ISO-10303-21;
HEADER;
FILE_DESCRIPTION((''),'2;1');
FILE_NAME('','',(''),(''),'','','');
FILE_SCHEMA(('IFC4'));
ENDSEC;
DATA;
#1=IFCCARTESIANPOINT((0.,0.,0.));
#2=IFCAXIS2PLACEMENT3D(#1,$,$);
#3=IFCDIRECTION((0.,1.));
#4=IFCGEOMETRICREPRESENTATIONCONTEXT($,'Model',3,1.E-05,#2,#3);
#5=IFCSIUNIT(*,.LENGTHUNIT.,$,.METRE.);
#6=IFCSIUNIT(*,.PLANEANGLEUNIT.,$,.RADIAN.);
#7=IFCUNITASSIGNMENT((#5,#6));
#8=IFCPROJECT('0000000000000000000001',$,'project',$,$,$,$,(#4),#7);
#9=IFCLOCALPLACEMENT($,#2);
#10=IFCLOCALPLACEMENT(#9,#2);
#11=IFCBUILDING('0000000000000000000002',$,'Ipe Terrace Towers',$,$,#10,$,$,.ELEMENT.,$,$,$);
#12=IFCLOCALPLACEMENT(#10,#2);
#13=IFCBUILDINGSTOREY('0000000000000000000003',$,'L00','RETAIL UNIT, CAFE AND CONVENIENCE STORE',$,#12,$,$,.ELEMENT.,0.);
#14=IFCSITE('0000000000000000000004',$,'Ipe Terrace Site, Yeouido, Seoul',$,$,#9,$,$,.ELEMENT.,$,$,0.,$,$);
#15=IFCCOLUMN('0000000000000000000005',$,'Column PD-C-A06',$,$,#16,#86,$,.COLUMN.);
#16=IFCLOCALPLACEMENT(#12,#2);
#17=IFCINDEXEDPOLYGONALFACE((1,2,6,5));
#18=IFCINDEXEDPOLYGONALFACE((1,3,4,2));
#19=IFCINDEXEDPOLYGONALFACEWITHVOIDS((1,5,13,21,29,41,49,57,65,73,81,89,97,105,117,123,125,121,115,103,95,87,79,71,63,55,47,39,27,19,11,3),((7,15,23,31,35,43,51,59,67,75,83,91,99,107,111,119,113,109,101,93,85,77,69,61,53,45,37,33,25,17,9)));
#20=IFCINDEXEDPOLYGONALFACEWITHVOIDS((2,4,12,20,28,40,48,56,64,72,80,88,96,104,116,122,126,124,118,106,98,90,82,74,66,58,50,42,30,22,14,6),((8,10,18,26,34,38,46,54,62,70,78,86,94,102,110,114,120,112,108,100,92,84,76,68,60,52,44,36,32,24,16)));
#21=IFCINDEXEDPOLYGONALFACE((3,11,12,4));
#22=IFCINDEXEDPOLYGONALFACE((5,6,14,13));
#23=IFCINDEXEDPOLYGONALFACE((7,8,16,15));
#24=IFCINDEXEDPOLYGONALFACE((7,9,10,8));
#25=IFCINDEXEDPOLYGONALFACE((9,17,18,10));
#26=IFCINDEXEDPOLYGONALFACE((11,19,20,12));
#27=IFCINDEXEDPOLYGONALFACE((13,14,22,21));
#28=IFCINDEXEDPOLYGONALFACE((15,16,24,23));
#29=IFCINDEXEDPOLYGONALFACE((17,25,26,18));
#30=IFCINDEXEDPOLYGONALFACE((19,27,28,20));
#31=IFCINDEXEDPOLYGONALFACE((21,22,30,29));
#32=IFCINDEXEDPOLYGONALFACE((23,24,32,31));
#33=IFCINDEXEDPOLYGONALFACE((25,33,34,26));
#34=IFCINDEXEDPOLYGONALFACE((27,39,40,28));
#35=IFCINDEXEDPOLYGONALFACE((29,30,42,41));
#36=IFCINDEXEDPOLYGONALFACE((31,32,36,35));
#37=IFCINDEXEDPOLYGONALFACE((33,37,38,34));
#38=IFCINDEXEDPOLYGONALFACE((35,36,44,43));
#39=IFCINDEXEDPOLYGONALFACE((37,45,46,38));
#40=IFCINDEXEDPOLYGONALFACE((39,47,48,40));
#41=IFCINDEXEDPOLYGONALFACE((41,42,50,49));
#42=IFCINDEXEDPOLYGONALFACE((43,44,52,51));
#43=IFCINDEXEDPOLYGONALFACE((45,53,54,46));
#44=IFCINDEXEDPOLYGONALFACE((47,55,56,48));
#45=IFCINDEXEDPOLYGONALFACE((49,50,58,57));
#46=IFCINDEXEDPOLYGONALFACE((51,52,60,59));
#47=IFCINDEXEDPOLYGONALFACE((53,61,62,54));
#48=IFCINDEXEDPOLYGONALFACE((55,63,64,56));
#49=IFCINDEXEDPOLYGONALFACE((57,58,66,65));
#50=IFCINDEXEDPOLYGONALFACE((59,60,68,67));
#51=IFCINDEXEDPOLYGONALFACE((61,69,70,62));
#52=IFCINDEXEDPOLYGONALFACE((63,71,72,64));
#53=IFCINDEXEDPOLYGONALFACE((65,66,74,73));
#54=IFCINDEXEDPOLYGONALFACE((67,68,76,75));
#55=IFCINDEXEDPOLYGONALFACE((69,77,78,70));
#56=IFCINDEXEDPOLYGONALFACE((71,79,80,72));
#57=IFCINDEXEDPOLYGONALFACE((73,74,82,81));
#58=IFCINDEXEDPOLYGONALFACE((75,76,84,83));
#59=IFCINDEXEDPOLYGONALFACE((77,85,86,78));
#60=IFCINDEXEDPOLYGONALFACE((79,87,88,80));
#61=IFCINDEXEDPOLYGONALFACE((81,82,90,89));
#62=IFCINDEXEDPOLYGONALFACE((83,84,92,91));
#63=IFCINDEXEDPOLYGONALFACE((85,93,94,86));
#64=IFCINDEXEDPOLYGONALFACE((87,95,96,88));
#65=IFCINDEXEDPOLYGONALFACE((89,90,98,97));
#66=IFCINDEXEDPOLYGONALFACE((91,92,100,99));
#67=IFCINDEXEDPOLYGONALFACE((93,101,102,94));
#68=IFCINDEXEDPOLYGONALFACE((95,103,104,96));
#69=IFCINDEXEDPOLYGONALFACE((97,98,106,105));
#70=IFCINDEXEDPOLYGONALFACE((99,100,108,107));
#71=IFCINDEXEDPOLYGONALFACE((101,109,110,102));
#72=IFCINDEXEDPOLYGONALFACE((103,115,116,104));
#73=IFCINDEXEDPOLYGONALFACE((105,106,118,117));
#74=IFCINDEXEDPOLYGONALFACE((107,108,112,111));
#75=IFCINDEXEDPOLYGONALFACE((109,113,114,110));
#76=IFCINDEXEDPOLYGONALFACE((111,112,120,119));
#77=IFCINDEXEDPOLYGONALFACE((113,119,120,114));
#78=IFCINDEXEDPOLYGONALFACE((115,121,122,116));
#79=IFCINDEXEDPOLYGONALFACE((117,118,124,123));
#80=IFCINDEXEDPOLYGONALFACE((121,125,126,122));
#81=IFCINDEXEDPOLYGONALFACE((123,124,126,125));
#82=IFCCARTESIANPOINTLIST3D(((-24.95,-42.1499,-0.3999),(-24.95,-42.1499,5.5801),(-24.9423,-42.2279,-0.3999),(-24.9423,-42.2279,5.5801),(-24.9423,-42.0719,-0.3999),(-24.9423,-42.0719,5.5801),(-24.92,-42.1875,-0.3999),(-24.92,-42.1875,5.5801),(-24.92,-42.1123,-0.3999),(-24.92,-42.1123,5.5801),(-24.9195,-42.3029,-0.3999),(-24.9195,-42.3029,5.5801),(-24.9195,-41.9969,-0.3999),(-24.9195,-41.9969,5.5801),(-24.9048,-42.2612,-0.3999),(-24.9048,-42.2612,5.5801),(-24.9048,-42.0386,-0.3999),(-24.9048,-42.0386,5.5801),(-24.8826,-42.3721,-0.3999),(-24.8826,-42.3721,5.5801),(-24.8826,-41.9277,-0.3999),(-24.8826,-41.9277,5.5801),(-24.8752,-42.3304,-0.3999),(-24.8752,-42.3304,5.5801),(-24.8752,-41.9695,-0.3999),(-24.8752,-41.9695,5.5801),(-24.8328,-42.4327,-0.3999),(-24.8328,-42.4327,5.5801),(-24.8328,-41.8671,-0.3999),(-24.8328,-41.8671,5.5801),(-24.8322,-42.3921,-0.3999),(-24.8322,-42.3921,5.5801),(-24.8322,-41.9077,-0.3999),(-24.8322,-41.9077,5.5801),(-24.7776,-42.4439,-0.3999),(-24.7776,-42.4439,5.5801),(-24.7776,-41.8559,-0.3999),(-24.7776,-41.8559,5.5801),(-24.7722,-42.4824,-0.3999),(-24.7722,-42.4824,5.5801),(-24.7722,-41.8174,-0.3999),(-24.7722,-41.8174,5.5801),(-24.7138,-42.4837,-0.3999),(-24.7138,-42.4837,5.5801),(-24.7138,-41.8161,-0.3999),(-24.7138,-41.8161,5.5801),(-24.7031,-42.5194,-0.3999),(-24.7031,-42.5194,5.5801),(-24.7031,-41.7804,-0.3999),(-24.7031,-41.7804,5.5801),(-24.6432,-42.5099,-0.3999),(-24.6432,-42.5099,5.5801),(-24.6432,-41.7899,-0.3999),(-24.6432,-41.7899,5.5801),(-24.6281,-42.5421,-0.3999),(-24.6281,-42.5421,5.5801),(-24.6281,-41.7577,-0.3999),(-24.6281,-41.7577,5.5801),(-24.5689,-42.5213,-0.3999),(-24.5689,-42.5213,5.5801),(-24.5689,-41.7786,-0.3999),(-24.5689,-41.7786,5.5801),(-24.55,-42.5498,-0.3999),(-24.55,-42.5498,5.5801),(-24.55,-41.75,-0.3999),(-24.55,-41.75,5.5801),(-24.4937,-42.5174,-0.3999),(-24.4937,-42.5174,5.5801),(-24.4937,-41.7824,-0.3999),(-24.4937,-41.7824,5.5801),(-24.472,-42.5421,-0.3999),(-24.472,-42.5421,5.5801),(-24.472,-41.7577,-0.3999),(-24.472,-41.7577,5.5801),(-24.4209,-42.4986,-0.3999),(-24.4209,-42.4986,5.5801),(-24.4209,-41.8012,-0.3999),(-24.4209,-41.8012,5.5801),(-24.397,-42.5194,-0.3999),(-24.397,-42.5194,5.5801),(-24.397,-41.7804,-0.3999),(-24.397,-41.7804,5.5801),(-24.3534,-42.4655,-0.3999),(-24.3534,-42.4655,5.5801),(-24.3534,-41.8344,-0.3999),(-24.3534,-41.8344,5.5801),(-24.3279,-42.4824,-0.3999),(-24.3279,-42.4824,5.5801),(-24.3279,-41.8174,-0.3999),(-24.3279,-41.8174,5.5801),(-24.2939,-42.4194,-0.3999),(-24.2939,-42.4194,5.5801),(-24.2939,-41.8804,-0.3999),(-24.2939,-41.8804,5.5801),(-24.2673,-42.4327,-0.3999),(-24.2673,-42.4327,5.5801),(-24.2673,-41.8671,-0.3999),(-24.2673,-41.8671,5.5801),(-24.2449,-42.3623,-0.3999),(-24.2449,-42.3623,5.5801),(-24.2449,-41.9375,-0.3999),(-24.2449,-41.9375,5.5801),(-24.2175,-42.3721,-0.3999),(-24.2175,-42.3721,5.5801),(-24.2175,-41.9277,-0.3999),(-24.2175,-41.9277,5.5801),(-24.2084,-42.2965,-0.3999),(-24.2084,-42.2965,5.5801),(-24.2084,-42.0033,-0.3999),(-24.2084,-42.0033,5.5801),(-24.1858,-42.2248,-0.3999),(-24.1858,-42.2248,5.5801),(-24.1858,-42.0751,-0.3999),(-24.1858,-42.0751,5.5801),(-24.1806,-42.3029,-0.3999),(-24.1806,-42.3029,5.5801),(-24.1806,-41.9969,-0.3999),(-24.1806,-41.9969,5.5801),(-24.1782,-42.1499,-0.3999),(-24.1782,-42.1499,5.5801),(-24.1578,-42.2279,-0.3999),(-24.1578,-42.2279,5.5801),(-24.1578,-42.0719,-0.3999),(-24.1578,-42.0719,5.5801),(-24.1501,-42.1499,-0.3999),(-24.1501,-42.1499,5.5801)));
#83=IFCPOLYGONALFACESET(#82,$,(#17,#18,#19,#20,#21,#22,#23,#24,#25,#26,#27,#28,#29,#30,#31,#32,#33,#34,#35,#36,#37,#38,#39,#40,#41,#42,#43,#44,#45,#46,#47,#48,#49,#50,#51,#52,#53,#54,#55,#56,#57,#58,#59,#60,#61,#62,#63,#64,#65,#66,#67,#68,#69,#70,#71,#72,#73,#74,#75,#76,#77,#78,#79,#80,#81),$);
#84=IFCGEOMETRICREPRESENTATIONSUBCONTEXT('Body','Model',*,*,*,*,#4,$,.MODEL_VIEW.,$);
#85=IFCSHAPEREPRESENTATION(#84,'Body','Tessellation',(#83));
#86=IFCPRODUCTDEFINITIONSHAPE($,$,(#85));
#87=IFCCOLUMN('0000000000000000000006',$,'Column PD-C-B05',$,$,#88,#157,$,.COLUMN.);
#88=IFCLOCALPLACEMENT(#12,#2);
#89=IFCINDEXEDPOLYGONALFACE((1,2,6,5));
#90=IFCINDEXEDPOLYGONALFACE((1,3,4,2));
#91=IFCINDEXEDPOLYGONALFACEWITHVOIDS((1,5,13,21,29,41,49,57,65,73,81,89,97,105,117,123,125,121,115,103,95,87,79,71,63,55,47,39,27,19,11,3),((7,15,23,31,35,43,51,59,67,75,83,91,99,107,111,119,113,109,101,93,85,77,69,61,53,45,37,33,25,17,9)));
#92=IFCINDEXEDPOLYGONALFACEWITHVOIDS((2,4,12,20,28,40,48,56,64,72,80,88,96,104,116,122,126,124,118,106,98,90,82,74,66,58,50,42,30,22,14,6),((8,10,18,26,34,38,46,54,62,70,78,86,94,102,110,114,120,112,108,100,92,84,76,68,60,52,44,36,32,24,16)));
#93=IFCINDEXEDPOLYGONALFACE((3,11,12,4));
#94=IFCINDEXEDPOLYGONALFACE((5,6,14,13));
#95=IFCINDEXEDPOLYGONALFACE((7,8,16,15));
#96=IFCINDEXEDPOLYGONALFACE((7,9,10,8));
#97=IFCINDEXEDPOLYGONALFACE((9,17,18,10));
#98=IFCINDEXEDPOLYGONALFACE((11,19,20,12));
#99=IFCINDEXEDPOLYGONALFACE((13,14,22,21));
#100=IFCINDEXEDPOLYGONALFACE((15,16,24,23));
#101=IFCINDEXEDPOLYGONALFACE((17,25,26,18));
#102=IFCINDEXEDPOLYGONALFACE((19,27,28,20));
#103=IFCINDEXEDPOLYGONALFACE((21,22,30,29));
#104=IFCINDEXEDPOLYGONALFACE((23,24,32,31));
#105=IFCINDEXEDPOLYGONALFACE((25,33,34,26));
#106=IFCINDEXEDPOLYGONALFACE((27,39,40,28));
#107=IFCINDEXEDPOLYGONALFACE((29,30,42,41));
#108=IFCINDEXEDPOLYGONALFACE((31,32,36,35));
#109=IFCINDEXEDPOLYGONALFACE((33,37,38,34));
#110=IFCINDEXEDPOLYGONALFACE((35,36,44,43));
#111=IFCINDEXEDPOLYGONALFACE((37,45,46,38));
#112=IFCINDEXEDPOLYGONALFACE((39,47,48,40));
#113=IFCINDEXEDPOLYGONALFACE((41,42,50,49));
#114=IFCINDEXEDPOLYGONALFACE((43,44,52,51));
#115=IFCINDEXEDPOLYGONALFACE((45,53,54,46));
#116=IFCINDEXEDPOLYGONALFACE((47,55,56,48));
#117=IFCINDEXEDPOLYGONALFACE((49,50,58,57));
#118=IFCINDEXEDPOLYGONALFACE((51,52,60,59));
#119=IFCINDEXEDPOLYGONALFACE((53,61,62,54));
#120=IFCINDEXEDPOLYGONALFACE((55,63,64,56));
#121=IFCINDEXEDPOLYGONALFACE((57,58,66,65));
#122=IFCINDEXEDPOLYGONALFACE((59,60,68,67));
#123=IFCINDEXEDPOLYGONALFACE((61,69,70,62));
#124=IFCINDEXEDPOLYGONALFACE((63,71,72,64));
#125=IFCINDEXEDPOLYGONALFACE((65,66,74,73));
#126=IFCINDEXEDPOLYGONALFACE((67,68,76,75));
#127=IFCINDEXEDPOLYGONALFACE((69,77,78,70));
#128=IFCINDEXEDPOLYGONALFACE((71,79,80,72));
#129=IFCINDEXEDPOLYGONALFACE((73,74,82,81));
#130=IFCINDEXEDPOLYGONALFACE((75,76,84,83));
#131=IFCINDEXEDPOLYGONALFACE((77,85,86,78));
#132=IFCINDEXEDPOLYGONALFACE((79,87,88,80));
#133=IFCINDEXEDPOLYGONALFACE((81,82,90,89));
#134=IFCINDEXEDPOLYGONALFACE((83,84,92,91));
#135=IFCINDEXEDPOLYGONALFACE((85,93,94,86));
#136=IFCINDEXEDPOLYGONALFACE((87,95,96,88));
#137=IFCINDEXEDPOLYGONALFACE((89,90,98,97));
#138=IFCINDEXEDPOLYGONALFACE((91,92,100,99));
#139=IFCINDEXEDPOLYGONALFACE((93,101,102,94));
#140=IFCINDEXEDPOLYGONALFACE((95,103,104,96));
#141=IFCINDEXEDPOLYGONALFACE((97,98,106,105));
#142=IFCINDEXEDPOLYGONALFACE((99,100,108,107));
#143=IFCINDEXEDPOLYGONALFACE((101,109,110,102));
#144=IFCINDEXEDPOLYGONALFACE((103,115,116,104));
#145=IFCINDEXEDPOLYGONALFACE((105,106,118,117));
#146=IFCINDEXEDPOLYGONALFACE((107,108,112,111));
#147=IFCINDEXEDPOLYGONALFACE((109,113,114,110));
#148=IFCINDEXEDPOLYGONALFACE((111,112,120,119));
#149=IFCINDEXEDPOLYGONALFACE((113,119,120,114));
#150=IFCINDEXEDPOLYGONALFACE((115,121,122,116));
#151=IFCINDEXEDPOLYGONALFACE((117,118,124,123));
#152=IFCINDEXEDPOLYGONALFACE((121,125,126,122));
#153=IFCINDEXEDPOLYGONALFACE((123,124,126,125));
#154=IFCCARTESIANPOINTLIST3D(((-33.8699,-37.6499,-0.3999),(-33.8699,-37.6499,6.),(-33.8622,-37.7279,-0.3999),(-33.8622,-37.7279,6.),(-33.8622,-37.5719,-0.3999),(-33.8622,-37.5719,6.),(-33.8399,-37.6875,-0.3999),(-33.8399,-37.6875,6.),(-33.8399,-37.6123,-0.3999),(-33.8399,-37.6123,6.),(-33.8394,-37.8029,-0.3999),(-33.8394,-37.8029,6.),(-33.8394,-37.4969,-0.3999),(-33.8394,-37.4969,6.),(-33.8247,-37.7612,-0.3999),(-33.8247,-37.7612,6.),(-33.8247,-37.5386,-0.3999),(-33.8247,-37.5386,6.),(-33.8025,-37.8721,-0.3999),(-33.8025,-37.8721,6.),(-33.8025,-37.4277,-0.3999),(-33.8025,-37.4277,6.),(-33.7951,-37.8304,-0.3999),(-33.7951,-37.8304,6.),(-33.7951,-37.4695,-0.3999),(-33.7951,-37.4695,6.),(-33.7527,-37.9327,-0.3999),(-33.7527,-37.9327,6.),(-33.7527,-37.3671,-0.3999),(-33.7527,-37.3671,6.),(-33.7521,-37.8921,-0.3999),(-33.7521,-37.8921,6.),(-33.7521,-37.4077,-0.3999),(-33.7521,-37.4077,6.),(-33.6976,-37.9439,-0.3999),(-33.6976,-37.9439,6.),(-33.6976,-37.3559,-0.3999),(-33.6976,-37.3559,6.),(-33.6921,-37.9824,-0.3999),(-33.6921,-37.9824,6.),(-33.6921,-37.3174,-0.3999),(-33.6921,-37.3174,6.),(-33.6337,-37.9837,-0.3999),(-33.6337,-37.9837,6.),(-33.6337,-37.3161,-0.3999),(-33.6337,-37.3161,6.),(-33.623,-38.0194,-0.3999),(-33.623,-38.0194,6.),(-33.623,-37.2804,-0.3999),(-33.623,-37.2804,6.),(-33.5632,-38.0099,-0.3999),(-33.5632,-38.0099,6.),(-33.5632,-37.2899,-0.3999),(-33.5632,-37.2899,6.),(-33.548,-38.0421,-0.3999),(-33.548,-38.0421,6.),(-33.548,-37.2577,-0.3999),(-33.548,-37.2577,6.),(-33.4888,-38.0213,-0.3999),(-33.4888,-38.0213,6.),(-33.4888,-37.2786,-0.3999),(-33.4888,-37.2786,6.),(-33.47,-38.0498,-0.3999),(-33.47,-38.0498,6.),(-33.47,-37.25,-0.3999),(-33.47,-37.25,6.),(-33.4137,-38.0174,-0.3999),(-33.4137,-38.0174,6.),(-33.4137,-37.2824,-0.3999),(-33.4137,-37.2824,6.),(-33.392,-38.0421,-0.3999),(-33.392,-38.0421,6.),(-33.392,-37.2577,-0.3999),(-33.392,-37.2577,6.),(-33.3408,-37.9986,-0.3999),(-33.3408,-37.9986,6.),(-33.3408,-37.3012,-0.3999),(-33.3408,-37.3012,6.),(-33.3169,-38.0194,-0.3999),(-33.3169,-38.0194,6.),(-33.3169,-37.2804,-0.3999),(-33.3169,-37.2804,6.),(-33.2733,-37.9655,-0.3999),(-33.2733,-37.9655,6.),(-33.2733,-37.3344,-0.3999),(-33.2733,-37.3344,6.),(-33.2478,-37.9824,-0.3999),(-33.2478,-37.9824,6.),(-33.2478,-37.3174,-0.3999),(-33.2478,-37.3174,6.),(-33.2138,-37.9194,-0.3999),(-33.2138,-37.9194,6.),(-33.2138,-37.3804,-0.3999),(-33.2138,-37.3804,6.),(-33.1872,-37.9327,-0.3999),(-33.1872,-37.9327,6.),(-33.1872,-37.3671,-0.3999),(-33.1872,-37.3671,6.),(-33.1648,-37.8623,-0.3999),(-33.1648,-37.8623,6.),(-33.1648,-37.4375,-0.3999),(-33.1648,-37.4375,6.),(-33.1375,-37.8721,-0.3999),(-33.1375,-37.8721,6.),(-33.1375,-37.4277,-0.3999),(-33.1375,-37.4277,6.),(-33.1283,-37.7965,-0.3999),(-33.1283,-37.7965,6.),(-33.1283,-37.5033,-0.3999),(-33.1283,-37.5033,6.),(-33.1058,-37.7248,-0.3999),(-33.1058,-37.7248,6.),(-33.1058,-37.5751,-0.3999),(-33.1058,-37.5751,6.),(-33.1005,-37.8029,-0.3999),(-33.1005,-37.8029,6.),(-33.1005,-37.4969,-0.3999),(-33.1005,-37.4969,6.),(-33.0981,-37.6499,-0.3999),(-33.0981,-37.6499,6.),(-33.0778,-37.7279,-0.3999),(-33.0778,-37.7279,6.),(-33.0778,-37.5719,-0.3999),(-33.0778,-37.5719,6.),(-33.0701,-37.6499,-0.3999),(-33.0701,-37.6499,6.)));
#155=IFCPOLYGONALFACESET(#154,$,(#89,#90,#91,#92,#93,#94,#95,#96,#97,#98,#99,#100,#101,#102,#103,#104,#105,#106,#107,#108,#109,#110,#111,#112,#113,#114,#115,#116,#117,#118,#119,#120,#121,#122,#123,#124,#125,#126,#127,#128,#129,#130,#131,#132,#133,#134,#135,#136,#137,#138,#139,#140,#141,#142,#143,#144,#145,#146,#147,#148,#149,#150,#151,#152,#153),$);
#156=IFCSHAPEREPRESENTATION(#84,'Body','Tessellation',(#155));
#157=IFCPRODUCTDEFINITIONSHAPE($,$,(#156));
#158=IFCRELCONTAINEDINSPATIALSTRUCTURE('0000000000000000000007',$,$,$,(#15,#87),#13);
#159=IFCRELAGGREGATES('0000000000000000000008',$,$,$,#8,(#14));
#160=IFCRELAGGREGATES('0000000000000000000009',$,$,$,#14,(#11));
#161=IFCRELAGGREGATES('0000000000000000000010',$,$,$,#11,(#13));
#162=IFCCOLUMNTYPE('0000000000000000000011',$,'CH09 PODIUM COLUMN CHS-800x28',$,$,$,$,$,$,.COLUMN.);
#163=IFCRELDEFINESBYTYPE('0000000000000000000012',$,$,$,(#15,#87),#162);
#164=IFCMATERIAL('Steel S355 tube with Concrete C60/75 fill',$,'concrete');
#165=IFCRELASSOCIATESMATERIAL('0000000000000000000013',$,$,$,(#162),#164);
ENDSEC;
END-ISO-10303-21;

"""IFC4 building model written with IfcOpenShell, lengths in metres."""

from ifc_helpers import new_model, si_unit, direction, frame, origin, origin_2d, place, context, subcontext, project, spatial, hollow_circle, extrude, material, material_profile, profile_set, type_object, element, save


model = new_model("IFC4")

# Units and contexts
model_context = context("Model", 3, precision=1e-05, world=origin(), true_north=direction((0.0, 1.0)))
body_context = subcontext(model_context, "Body", "Model", "MODEL_VIEW")
ifc_project = project(units=[si_unit("LENGTHUNIT", "METRE"), si_unit("PLANEANGLEUNIT", "RADIAN")], contexts=[model_context])

# Site, building, storey
site_placement = place(None, origin())
site = spatial("IfcSite", under=ifc_project, at=site_placement, Name="Ipe Terrace Site, Yeouido, Seoul", CompositionType="ELEMENT", RefElevation=0.0)
building_placement = place(site_placement, origin())
building = spatial("IfcBuilding", under=site, at=building_placement, Name="Ipe Terrace Towers", CompositionType="ELEMENT")
storey_placement = place(building_placement, origin())
storey = spatial("IfcBuildingStorey", under=building, at=storey_placement, Name="L00", Description="RETAIL UNIT, CAFE AND CONVENIENCE STORE", CompositionType="ELEMENT", Elevation=0.0)

# Columns
ifc_material_1 = material(Name="Steel S355 tube with Concrete C60/75 fill", Category="concrete")
ifc_material_profile_1 = material_profile(ifc_material_1, hollow_circle(Radius=0.3999, WallThickness=0.0281, at=origin_2d()), Name="CHS-800x28")
ifc_profile_set_1 = profile_set([ifc_material_profile_1], Name="Steel S355 tube with Concrete C60/75 fill")
column_type_1 = type_object("IfcColumnType", Name="CH09 PODIUM COLUMN CHS-800x28", PredefinedType="COLUMN", material=ifc_profile_set_1)
for number, where, z_axis, x_axis, name in (
    (1, (-24.55, -42.1499, -0.3999), (0.0, 0.0, 1.0), (1.0, 0.0, 0.0), "Column PD-C-A06"),
):
    element("IfcColumn", number, at=place(storey_placement, frame(where, z_axis=z_axis, x_axis=x_axis)), inside=storey, type_object=column_type_1, Name=name, PredefinedType="COLUMN", context=body_context, shape_type="SweptSolid", body=[
        extrude(hollow_circle(Radius=0.3999, WallThickness=0.0281, at=origin_2d()), origin(), (0.0, 0.0, 1.0), 5.98),
    ])
for number, where, z_axis, x_axis, name in (
    (2, (-33.47, -37.6499, -0.3999), (0.0, 0.0, 1.0), (1.0, 0.0, 0.0), "Column PD-C-B05"),
):
    element("IfcColumn", number, at=place(storey_placement, frame(where, z_axis=z_axis, x_axis=x_axis)), inside=storey, type_object=column_type_1, Name=name, PredefinedType="COLUMN", context=body_context, shape_type="SweptSolid", body=[
        extrude(hollow_circle(Radius=0.3999, WallThickness=0.0281, at=origin_2d()), origin(), (0.0, 0.0, 1.0), 6.3999),
    ])

save(model, "model.ifc")
